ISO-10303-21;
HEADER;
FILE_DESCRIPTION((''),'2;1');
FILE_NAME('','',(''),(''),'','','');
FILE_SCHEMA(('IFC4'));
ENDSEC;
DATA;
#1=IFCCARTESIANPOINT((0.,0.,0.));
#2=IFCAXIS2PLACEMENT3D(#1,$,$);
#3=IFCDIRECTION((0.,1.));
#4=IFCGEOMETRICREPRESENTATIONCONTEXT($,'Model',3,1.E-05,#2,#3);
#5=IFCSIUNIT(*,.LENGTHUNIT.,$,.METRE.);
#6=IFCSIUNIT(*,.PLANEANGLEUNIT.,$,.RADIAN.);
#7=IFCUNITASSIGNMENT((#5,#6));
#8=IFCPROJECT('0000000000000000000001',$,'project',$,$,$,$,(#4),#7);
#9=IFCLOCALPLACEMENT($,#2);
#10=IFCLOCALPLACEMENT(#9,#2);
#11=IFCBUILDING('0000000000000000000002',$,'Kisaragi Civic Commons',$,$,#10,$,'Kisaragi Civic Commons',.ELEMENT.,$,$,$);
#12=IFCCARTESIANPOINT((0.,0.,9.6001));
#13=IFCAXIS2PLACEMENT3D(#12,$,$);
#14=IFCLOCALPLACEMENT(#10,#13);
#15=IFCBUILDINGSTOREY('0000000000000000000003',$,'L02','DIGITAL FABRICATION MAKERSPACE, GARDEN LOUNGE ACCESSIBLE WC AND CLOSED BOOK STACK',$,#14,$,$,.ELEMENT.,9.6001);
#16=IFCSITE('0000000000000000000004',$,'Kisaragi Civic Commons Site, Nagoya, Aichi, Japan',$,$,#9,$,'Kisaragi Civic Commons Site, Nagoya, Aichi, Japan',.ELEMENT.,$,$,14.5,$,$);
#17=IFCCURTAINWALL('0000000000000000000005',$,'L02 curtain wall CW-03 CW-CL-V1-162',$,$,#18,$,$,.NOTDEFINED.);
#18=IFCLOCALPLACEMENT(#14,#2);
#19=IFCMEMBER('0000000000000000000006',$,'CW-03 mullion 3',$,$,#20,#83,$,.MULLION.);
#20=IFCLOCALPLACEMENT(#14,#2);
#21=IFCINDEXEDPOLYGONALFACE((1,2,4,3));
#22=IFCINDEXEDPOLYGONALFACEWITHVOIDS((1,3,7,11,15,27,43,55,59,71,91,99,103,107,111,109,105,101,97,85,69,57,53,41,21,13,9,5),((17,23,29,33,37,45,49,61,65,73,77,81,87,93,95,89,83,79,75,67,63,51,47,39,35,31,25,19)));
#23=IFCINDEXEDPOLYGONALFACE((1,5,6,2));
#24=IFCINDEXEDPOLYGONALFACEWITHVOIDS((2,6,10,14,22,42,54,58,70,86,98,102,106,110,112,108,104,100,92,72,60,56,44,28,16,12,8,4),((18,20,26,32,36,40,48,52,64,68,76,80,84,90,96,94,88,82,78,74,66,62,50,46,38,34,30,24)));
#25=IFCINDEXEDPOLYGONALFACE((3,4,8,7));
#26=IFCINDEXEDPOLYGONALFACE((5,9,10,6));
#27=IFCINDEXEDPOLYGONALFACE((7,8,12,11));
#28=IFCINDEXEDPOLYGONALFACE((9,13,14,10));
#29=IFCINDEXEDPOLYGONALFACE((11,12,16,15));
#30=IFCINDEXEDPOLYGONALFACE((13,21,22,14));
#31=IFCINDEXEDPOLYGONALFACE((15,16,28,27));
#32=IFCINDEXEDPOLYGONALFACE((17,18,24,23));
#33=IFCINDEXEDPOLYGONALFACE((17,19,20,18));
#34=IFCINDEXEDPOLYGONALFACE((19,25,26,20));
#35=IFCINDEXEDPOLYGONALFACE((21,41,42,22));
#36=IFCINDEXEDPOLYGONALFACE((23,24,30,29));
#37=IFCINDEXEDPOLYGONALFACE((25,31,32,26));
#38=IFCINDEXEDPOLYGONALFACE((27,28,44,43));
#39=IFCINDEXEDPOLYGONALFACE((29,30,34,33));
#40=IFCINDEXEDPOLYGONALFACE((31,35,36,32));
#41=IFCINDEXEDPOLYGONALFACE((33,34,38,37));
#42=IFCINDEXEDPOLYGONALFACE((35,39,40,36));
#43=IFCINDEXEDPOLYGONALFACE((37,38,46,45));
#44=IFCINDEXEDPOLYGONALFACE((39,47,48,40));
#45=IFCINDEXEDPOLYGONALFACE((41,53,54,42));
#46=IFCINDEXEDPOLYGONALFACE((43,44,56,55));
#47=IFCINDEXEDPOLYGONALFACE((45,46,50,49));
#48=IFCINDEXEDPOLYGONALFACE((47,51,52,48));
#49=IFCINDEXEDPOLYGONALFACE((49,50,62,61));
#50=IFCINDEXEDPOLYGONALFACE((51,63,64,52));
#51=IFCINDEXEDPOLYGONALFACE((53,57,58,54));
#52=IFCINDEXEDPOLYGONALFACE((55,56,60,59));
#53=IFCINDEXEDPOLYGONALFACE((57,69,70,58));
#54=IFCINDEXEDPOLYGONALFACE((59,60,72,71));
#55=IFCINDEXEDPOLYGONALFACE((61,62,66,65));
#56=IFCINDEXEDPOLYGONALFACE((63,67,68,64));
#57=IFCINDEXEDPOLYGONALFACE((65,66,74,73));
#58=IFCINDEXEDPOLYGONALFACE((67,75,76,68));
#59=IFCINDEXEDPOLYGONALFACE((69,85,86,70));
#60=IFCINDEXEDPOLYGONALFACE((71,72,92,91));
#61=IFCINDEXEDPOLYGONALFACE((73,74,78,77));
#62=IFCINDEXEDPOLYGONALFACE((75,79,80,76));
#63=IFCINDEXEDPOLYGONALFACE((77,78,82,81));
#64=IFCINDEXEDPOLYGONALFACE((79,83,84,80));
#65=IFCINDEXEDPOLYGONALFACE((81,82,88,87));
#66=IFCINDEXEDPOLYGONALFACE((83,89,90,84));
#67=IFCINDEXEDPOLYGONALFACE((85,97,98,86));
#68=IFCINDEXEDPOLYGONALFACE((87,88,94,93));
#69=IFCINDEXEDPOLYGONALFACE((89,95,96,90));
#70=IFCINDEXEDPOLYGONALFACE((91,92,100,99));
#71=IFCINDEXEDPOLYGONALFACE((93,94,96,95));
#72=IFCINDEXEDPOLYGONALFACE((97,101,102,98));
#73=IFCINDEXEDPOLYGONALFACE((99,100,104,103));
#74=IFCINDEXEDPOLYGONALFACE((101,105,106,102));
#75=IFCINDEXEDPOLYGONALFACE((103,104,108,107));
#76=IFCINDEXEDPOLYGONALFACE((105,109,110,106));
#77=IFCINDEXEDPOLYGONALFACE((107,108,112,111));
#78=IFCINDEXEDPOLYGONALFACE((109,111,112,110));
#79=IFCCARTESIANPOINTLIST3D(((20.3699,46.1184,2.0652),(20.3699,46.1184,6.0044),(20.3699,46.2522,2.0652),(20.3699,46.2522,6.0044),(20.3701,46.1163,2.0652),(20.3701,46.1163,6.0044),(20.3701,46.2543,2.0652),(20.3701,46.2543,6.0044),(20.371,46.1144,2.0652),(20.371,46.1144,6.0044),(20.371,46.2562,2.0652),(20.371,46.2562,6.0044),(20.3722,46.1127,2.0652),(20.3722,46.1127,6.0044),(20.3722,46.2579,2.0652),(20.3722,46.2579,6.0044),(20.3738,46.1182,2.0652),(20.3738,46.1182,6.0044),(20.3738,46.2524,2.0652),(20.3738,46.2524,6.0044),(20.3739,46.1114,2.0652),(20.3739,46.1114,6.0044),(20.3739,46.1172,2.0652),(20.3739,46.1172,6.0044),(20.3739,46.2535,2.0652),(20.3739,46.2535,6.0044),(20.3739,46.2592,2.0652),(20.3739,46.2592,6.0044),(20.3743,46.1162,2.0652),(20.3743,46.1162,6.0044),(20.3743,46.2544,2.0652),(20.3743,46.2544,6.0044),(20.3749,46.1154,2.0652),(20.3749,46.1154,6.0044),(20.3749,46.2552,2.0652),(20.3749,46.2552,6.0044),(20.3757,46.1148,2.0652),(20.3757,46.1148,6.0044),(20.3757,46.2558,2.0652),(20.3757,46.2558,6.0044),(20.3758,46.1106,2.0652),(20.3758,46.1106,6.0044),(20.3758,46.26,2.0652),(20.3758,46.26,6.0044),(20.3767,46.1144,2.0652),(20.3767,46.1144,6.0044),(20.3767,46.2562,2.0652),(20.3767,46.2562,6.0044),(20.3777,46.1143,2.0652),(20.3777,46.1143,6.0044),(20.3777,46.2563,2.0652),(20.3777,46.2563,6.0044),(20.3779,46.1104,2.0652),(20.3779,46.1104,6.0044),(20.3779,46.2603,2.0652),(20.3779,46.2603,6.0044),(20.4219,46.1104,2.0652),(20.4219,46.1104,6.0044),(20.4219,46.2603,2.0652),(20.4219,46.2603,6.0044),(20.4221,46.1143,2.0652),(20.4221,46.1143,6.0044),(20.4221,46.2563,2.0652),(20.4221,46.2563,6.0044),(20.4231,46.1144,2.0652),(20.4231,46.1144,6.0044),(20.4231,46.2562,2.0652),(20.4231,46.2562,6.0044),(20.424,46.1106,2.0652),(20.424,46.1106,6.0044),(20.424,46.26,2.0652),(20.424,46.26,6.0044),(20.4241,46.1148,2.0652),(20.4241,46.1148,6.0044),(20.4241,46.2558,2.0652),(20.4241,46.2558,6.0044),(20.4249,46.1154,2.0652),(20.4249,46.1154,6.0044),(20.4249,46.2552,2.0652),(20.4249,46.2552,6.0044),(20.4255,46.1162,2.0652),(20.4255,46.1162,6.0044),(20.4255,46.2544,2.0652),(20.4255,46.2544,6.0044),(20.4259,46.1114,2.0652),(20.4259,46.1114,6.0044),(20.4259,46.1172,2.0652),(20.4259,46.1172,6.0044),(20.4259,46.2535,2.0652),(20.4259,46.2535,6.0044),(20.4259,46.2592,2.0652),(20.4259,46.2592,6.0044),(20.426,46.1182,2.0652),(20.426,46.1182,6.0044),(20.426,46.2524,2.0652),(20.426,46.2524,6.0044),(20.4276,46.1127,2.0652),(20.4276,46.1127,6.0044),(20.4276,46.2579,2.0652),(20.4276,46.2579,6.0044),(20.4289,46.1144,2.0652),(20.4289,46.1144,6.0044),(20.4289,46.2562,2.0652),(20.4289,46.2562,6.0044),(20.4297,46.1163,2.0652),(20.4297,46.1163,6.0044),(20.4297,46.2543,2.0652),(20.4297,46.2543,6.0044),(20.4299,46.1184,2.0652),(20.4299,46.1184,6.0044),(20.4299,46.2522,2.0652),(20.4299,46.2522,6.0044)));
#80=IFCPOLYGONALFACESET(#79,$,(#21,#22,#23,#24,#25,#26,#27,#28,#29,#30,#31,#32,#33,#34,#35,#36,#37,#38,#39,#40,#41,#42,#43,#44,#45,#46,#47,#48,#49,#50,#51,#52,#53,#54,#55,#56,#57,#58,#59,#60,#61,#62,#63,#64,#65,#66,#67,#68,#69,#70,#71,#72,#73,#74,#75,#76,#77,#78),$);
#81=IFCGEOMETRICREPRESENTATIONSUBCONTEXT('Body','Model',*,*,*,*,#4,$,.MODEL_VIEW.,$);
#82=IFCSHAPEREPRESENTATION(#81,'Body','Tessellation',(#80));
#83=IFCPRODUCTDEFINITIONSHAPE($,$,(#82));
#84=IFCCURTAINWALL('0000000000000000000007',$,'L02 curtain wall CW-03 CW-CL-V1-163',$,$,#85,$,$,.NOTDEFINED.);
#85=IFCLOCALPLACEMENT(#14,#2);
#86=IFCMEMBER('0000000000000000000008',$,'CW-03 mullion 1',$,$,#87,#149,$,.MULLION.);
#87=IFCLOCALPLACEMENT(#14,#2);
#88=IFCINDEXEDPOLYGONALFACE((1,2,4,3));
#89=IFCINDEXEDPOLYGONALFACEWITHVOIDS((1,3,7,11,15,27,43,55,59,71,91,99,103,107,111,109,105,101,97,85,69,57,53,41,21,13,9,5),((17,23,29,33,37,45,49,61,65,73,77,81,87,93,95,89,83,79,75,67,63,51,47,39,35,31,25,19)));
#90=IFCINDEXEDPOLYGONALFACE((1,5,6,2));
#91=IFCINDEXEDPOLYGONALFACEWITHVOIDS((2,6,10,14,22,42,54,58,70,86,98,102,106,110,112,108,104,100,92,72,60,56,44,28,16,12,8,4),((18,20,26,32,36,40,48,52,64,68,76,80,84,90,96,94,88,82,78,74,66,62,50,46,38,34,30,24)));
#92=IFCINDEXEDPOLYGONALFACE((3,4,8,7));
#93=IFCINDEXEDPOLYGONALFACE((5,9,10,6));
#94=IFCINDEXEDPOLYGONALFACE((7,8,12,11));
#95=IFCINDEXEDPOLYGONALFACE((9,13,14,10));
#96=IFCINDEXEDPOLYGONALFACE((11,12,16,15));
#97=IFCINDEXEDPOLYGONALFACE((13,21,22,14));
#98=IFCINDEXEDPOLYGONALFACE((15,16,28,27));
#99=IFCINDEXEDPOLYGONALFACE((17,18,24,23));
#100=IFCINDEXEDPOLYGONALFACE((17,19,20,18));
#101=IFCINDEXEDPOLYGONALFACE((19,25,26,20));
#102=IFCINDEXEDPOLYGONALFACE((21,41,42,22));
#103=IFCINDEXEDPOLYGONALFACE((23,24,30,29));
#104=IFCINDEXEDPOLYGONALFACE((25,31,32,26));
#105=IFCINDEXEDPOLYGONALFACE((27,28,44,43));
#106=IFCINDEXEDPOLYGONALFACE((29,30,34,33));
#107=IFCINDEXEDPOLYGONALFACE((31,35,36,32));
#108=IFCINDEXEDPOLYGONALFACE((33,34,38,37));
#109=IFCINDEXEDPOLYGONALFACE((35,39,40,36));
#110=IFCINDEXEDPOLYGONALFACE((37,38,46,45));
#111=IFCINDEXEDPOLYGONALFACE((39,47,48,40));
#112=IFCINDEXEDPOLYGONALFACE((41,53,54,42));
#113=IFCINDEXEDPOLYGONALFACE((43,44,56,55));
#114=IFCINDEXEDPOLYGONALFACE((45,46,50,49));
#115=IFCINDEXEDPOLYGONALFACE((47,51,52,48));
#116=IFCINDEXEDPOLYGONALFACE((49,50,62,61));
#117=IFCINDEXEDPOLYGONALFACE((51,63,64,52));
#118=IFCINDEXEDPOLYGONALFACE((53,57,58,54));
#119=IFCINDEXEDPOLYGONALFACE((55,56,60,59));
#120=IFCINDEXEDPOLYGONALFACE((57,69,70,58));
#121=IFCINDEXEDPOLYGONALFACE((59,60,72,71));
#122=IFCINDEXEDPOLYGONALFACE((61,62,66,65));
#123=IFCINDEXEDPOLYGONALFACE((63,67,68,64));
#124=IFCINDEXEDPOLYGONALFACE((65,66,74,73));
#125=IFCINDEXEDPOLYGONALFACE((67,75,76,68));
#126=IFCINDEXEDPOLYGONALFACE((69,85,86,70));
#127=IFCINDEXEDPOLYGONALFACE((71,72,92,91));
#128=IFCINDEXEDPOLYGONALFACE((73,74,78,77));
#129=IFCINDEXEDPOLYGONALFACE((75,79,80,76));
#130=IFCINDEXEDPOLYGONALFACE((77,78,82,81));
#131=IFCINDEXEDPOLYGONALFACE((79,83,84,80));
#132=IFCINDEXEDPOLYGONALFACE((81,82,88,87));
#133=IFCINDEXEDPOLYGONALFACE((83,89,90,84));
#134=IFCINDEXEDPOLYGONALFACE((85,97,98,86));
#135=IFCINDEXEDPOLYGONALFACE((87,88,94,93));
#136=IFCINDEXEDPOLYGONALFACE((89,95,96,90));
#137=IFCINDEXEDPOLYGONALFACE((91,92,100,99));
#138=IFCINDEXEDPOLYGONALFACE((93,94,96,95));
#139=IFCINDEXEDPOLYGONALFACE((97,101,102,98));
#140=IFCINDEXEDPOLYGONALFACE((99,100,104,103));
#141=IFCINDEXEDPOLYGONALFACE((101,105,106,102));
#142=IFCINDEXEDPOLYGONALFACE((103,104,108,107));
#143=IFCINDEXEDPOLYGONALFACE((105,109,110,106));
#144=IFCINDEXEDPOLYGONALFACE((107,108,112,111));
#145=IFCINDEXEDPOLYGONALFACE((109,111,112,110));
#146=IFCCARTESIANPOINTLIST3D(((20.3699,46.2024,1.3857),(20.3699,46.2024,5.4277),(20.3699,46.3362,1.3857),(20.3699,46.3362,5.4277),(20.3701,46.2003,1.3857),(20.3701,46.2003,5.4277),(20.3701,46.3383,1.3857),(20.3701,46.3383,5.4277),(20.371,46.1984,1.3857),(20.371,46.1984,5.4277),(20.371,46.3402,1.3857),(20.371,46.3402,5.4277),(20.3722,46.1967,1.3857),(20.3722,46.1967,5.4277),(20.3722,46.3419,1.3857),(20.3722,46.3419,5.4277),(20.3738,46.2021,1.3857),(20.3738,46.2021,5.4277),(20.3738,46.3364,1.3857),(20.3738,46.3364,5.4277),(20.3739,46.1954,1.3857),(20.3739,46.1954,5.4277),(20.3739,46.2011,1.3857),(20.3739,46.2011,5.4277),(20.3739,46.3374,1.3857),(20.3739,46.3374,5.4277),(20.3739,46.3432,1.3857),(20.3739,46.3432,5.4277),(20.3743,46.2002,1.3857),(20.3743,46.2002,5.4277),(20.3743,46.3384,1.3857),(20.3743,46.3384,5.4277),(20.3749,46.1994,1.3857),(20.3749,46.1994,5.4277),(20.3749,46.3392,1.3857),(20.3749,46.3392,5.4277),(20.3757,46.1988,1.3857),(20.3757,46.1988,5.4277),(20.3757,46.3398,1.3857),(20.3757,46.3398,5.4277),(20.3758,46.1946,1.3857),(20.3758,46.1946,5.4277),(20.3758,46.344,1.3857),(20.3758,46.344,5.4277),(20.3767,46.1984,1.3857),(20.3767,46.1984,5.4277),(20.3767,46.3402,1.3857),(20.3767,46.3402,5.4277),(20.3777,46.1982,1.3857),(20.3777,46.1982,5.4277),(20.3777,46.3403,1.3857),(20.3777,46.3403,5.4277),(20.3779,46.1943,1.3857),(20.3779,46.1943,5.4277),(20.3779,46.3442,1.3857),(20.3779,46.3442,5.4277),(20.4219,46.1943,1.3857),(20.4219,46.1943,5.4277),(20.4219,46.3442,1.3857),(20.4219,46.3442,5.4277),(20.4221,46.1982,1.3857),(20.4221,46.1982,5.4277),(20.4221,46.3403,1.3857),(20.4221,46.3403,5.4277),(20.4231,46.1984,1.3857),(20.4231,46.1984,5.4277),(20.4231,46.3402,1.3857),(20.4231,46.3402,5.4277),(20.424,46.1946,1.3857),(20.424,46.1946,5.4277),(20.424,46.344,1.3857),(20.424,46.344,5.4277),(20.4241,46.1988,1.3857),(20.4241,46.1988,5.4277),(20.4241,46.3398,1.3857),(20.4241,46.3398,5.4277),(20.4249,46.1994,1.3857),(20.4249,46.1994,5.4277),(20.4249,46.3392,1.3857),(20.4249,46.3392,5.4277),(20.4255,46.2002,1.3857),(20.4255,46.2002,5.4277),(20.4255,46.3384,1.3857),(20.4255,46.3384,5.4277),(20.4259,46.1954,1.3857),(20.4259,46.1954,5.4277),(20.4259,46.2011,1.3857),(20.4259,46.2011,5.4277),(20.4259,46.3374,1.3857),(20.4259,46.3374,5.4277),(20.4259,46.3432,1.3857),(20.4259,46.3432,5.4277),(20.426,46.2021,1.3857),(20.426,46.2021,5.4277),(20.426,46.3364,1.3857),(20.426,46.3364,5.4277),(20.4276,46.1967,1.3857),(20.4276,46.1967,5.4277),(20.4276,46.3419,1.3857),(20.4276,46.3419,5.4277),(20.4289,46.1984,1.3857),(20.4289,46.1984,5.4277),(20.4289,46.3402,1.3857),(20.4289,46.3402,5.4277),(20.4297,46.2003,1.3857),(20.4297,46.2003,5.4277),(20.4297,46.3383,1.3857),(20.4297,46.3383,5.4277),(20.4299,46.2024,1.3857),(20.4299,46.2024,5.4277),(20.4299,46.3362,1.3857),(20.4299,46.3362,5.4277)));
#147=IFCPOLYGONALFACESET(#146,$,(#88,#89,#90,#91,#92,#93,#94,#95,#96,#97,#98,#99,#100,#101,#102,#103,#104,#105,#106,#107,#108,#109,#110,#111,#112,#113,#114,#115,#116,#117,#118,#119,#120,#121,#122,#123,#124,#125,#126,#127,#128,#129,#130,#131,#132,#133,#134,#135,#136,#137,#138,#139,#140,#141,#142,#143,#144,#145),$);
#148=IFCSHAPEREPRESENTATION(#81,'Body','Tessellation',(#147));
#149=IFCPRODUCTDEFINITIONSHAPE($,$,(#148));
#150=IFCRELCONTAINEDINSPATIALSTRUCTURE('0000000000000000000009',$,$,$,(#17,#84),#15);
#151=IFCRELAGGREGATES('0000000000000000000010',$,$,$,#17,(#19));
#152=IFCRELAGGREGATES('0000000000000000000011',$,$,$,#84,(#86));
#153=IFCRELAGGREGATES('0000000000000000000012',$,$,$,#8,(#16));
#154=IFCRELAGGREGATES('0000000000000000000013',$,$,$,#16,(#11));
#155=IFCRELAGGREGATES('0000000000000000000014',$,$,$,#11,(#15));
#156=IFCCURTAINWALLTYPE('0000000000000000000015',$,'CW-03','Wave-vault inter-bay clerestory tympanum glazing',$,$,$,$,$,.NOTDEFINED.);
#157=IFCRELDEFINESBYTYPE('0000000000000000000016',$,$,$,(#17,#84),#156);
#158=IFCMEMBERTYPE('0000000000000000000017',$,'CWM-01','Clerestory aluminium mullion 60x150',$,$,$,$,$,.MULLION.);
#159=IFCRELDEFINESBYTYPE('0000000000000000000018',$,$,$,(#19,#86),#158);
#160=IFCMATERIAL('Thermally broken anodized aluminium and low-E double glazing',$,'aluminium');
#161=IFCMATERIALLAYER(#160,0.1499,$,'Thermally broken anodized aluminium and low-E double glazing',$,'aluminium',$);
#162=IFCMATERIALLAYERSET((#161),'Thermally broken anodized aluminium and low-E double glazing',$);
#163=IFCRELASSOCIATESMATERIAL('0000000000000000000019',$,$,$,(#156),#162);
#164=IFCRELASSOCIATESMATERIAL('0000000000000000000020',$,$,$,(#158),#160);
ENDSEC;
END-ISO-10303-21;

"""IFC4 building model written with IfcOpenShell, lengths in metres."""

from ifc_helpers import new_model, si_unit, direction, frame, origin, origin_2d, place, context, subcontext, project, spatial, hollow_rectangle, extrude, material, layer, layer_set, material_profile, profile_set, type_object, element, aggregate, save


model = new_model("IFC4")

# Units and contexts
model_context = context("Model", 3, precision=1e-05, world=origin(), true_north=direction((0.0, 1.0)))
body_context = subcontext(model_context, "Body", "Model", "MODEL_VIEW")
ifc_project = project(units=[si_unit("LENGTHUNIT", "METRE"), si_unit("PLANEANGLEUNIT", "RADIAN")], contexts=[model_context])

# Site, building, storey
site_placement = place(None, origin())
site = spatial("IfcSite", under=ifc_project, at=site_placement, Name="Kisaragi Civic Commons Site, Nagoya, Aichi, Japan", LongName="Kisaragi Civic Commons Site, Nagoya, Aichi, Japan", CompositionType="ELEMENT", RefElevation=14.5)
building_placement = place(site_placement, origin())
building = spatial("IfcBuilding", under=site, at=building_placement, Name="Kisaragi Civic Commons", LongName="Kisaragi Civic Commons", CompositionType="ELEMENT")
storey_placement = place(building_placement, frame((0.0, 0.0, 9.6001)))
storey = spatial("IfcBuildingStorey", under=building, at=storey_placement, Name="L02", Description="DIGITAL FABRICATION MAKERSPACE, GARDEN LOUNGE ACCESSIBLE WC AND CLOSED BOOK STACK", CompositionType="ELEMENT", Elevation=9.6001)

# Curtain walls, members
ifc_material_1 = material(Name="Thermally broken anodized aluminium and low-E double glazing", Category="aluminium")
ifc_layer_1 = layer(ifc_material_1, 0.1499, Name="Thermally broken anodized aluminium and low-E double glazing", Category="aluminium")
ifc_layer_set_1 = layer_set([ifc_layer_1], Name="Thermally broken anodized aluminium and low-E double glazing")
curtain_wall_type = type_object("IfcCurtainWallType", Name="CW-03", Description="Wave-vault inter-bay clerestory tympanum glazing", PredefinedType="NOTDEFINED", material=ifc_layer_set_1)
ifc_material_profile_1 = material_profile(ifc_material_1, hollow_rectangle(XDim=0.0601, YDim=0.1499, WallThickness=0.0039, InnerFilletRadius=0.0039, OuterFilletRadius=0.0081, at=origin_2d()), Name="CWM-60x150x4", Category="aluminium")
ifc_profile_set_1 = profile_set([ifc_material_profile_1], Name="Thermally broken anodized aluminium and low-E double glazing")
member_type_1 = type_object("IfcMemberType", Name="CWM-01", Description="Clerestory aluminium mullion 60x150", PredefinedType="MULLION", material=ifc_profile_set_1)
curtain_wall_1_placement = place(storey_placement, origin())
curtain_wall_1 = element("IfcCurtainWall", 1, at=curtain_wall_1_placement, inside=storey, type_object=curtain_wall_type, Name="L02 curtain wall CW-03 CW-CL-V1-162", PredefinedType="NOTDEFINED")
member_1_placement = place(storey_placement, frame((20.3999, 46.1853, 2.0652), z_axis=(0.0, 0.0, 1.0), x_axis=(-1.0, 0.0, 0.0)))
member_1 = element("IfcMember", 2, at=member_1_placement, type_object=member_type_1, Name="CW-03 mullion 3", PredefinedType="MULLION", context=body_context, shape_type="SweptSolid", body=[
    extrude(hollow_rectangle(XDim=0.0601, YDim=0.1499, WallThickness=0.0039, InnerFilletRadius=0.0039, OuterFilletRadius=0.0081, at=origin_2d()), origin(), (0.0, 0.0, 1.0), 3.9392),
])
curtain_wall_2_placement = place(storey_placement, origin())
curtain_wall_2 = element("IfcCurtainWall", 3, at=curtain_wall_2_placement, inside=storey, type_object=curtain_wall_type, Name="L02 curtain wall CW-03 CW-CL-V1-163", PredefinedType="NOTDEFINED")
member_2_placement = place(storey_placement, frame((20.3999, 46.2693, 1.3857), z_axis=(0.0, 0.0, 1.0), x_axis=(-1.0, 0.0, 0.0)))
member_2 = element("IfcMember", 4, at=member_2_placement, type_object=member_type_1, Name="CW-03 mullion 1", PredefinedType="MULLION", context=body_context, shape_type="SweptSolid", body=[
    extrude(hollow_rectangle(XDim=0.0601, YDim=0.1499, WallThickness=0.0039, InnerFilletRadius=0.0039, OuterFilletRadius=0.0081, at=origin_2d()), origin(), (0.0, 0.0, 1.0), 4.042),
])

aggregate(curtain_wall_1, [member_1])
aggregate(curtain_wall_2, [member_2])

save(model, "model.ifc")
